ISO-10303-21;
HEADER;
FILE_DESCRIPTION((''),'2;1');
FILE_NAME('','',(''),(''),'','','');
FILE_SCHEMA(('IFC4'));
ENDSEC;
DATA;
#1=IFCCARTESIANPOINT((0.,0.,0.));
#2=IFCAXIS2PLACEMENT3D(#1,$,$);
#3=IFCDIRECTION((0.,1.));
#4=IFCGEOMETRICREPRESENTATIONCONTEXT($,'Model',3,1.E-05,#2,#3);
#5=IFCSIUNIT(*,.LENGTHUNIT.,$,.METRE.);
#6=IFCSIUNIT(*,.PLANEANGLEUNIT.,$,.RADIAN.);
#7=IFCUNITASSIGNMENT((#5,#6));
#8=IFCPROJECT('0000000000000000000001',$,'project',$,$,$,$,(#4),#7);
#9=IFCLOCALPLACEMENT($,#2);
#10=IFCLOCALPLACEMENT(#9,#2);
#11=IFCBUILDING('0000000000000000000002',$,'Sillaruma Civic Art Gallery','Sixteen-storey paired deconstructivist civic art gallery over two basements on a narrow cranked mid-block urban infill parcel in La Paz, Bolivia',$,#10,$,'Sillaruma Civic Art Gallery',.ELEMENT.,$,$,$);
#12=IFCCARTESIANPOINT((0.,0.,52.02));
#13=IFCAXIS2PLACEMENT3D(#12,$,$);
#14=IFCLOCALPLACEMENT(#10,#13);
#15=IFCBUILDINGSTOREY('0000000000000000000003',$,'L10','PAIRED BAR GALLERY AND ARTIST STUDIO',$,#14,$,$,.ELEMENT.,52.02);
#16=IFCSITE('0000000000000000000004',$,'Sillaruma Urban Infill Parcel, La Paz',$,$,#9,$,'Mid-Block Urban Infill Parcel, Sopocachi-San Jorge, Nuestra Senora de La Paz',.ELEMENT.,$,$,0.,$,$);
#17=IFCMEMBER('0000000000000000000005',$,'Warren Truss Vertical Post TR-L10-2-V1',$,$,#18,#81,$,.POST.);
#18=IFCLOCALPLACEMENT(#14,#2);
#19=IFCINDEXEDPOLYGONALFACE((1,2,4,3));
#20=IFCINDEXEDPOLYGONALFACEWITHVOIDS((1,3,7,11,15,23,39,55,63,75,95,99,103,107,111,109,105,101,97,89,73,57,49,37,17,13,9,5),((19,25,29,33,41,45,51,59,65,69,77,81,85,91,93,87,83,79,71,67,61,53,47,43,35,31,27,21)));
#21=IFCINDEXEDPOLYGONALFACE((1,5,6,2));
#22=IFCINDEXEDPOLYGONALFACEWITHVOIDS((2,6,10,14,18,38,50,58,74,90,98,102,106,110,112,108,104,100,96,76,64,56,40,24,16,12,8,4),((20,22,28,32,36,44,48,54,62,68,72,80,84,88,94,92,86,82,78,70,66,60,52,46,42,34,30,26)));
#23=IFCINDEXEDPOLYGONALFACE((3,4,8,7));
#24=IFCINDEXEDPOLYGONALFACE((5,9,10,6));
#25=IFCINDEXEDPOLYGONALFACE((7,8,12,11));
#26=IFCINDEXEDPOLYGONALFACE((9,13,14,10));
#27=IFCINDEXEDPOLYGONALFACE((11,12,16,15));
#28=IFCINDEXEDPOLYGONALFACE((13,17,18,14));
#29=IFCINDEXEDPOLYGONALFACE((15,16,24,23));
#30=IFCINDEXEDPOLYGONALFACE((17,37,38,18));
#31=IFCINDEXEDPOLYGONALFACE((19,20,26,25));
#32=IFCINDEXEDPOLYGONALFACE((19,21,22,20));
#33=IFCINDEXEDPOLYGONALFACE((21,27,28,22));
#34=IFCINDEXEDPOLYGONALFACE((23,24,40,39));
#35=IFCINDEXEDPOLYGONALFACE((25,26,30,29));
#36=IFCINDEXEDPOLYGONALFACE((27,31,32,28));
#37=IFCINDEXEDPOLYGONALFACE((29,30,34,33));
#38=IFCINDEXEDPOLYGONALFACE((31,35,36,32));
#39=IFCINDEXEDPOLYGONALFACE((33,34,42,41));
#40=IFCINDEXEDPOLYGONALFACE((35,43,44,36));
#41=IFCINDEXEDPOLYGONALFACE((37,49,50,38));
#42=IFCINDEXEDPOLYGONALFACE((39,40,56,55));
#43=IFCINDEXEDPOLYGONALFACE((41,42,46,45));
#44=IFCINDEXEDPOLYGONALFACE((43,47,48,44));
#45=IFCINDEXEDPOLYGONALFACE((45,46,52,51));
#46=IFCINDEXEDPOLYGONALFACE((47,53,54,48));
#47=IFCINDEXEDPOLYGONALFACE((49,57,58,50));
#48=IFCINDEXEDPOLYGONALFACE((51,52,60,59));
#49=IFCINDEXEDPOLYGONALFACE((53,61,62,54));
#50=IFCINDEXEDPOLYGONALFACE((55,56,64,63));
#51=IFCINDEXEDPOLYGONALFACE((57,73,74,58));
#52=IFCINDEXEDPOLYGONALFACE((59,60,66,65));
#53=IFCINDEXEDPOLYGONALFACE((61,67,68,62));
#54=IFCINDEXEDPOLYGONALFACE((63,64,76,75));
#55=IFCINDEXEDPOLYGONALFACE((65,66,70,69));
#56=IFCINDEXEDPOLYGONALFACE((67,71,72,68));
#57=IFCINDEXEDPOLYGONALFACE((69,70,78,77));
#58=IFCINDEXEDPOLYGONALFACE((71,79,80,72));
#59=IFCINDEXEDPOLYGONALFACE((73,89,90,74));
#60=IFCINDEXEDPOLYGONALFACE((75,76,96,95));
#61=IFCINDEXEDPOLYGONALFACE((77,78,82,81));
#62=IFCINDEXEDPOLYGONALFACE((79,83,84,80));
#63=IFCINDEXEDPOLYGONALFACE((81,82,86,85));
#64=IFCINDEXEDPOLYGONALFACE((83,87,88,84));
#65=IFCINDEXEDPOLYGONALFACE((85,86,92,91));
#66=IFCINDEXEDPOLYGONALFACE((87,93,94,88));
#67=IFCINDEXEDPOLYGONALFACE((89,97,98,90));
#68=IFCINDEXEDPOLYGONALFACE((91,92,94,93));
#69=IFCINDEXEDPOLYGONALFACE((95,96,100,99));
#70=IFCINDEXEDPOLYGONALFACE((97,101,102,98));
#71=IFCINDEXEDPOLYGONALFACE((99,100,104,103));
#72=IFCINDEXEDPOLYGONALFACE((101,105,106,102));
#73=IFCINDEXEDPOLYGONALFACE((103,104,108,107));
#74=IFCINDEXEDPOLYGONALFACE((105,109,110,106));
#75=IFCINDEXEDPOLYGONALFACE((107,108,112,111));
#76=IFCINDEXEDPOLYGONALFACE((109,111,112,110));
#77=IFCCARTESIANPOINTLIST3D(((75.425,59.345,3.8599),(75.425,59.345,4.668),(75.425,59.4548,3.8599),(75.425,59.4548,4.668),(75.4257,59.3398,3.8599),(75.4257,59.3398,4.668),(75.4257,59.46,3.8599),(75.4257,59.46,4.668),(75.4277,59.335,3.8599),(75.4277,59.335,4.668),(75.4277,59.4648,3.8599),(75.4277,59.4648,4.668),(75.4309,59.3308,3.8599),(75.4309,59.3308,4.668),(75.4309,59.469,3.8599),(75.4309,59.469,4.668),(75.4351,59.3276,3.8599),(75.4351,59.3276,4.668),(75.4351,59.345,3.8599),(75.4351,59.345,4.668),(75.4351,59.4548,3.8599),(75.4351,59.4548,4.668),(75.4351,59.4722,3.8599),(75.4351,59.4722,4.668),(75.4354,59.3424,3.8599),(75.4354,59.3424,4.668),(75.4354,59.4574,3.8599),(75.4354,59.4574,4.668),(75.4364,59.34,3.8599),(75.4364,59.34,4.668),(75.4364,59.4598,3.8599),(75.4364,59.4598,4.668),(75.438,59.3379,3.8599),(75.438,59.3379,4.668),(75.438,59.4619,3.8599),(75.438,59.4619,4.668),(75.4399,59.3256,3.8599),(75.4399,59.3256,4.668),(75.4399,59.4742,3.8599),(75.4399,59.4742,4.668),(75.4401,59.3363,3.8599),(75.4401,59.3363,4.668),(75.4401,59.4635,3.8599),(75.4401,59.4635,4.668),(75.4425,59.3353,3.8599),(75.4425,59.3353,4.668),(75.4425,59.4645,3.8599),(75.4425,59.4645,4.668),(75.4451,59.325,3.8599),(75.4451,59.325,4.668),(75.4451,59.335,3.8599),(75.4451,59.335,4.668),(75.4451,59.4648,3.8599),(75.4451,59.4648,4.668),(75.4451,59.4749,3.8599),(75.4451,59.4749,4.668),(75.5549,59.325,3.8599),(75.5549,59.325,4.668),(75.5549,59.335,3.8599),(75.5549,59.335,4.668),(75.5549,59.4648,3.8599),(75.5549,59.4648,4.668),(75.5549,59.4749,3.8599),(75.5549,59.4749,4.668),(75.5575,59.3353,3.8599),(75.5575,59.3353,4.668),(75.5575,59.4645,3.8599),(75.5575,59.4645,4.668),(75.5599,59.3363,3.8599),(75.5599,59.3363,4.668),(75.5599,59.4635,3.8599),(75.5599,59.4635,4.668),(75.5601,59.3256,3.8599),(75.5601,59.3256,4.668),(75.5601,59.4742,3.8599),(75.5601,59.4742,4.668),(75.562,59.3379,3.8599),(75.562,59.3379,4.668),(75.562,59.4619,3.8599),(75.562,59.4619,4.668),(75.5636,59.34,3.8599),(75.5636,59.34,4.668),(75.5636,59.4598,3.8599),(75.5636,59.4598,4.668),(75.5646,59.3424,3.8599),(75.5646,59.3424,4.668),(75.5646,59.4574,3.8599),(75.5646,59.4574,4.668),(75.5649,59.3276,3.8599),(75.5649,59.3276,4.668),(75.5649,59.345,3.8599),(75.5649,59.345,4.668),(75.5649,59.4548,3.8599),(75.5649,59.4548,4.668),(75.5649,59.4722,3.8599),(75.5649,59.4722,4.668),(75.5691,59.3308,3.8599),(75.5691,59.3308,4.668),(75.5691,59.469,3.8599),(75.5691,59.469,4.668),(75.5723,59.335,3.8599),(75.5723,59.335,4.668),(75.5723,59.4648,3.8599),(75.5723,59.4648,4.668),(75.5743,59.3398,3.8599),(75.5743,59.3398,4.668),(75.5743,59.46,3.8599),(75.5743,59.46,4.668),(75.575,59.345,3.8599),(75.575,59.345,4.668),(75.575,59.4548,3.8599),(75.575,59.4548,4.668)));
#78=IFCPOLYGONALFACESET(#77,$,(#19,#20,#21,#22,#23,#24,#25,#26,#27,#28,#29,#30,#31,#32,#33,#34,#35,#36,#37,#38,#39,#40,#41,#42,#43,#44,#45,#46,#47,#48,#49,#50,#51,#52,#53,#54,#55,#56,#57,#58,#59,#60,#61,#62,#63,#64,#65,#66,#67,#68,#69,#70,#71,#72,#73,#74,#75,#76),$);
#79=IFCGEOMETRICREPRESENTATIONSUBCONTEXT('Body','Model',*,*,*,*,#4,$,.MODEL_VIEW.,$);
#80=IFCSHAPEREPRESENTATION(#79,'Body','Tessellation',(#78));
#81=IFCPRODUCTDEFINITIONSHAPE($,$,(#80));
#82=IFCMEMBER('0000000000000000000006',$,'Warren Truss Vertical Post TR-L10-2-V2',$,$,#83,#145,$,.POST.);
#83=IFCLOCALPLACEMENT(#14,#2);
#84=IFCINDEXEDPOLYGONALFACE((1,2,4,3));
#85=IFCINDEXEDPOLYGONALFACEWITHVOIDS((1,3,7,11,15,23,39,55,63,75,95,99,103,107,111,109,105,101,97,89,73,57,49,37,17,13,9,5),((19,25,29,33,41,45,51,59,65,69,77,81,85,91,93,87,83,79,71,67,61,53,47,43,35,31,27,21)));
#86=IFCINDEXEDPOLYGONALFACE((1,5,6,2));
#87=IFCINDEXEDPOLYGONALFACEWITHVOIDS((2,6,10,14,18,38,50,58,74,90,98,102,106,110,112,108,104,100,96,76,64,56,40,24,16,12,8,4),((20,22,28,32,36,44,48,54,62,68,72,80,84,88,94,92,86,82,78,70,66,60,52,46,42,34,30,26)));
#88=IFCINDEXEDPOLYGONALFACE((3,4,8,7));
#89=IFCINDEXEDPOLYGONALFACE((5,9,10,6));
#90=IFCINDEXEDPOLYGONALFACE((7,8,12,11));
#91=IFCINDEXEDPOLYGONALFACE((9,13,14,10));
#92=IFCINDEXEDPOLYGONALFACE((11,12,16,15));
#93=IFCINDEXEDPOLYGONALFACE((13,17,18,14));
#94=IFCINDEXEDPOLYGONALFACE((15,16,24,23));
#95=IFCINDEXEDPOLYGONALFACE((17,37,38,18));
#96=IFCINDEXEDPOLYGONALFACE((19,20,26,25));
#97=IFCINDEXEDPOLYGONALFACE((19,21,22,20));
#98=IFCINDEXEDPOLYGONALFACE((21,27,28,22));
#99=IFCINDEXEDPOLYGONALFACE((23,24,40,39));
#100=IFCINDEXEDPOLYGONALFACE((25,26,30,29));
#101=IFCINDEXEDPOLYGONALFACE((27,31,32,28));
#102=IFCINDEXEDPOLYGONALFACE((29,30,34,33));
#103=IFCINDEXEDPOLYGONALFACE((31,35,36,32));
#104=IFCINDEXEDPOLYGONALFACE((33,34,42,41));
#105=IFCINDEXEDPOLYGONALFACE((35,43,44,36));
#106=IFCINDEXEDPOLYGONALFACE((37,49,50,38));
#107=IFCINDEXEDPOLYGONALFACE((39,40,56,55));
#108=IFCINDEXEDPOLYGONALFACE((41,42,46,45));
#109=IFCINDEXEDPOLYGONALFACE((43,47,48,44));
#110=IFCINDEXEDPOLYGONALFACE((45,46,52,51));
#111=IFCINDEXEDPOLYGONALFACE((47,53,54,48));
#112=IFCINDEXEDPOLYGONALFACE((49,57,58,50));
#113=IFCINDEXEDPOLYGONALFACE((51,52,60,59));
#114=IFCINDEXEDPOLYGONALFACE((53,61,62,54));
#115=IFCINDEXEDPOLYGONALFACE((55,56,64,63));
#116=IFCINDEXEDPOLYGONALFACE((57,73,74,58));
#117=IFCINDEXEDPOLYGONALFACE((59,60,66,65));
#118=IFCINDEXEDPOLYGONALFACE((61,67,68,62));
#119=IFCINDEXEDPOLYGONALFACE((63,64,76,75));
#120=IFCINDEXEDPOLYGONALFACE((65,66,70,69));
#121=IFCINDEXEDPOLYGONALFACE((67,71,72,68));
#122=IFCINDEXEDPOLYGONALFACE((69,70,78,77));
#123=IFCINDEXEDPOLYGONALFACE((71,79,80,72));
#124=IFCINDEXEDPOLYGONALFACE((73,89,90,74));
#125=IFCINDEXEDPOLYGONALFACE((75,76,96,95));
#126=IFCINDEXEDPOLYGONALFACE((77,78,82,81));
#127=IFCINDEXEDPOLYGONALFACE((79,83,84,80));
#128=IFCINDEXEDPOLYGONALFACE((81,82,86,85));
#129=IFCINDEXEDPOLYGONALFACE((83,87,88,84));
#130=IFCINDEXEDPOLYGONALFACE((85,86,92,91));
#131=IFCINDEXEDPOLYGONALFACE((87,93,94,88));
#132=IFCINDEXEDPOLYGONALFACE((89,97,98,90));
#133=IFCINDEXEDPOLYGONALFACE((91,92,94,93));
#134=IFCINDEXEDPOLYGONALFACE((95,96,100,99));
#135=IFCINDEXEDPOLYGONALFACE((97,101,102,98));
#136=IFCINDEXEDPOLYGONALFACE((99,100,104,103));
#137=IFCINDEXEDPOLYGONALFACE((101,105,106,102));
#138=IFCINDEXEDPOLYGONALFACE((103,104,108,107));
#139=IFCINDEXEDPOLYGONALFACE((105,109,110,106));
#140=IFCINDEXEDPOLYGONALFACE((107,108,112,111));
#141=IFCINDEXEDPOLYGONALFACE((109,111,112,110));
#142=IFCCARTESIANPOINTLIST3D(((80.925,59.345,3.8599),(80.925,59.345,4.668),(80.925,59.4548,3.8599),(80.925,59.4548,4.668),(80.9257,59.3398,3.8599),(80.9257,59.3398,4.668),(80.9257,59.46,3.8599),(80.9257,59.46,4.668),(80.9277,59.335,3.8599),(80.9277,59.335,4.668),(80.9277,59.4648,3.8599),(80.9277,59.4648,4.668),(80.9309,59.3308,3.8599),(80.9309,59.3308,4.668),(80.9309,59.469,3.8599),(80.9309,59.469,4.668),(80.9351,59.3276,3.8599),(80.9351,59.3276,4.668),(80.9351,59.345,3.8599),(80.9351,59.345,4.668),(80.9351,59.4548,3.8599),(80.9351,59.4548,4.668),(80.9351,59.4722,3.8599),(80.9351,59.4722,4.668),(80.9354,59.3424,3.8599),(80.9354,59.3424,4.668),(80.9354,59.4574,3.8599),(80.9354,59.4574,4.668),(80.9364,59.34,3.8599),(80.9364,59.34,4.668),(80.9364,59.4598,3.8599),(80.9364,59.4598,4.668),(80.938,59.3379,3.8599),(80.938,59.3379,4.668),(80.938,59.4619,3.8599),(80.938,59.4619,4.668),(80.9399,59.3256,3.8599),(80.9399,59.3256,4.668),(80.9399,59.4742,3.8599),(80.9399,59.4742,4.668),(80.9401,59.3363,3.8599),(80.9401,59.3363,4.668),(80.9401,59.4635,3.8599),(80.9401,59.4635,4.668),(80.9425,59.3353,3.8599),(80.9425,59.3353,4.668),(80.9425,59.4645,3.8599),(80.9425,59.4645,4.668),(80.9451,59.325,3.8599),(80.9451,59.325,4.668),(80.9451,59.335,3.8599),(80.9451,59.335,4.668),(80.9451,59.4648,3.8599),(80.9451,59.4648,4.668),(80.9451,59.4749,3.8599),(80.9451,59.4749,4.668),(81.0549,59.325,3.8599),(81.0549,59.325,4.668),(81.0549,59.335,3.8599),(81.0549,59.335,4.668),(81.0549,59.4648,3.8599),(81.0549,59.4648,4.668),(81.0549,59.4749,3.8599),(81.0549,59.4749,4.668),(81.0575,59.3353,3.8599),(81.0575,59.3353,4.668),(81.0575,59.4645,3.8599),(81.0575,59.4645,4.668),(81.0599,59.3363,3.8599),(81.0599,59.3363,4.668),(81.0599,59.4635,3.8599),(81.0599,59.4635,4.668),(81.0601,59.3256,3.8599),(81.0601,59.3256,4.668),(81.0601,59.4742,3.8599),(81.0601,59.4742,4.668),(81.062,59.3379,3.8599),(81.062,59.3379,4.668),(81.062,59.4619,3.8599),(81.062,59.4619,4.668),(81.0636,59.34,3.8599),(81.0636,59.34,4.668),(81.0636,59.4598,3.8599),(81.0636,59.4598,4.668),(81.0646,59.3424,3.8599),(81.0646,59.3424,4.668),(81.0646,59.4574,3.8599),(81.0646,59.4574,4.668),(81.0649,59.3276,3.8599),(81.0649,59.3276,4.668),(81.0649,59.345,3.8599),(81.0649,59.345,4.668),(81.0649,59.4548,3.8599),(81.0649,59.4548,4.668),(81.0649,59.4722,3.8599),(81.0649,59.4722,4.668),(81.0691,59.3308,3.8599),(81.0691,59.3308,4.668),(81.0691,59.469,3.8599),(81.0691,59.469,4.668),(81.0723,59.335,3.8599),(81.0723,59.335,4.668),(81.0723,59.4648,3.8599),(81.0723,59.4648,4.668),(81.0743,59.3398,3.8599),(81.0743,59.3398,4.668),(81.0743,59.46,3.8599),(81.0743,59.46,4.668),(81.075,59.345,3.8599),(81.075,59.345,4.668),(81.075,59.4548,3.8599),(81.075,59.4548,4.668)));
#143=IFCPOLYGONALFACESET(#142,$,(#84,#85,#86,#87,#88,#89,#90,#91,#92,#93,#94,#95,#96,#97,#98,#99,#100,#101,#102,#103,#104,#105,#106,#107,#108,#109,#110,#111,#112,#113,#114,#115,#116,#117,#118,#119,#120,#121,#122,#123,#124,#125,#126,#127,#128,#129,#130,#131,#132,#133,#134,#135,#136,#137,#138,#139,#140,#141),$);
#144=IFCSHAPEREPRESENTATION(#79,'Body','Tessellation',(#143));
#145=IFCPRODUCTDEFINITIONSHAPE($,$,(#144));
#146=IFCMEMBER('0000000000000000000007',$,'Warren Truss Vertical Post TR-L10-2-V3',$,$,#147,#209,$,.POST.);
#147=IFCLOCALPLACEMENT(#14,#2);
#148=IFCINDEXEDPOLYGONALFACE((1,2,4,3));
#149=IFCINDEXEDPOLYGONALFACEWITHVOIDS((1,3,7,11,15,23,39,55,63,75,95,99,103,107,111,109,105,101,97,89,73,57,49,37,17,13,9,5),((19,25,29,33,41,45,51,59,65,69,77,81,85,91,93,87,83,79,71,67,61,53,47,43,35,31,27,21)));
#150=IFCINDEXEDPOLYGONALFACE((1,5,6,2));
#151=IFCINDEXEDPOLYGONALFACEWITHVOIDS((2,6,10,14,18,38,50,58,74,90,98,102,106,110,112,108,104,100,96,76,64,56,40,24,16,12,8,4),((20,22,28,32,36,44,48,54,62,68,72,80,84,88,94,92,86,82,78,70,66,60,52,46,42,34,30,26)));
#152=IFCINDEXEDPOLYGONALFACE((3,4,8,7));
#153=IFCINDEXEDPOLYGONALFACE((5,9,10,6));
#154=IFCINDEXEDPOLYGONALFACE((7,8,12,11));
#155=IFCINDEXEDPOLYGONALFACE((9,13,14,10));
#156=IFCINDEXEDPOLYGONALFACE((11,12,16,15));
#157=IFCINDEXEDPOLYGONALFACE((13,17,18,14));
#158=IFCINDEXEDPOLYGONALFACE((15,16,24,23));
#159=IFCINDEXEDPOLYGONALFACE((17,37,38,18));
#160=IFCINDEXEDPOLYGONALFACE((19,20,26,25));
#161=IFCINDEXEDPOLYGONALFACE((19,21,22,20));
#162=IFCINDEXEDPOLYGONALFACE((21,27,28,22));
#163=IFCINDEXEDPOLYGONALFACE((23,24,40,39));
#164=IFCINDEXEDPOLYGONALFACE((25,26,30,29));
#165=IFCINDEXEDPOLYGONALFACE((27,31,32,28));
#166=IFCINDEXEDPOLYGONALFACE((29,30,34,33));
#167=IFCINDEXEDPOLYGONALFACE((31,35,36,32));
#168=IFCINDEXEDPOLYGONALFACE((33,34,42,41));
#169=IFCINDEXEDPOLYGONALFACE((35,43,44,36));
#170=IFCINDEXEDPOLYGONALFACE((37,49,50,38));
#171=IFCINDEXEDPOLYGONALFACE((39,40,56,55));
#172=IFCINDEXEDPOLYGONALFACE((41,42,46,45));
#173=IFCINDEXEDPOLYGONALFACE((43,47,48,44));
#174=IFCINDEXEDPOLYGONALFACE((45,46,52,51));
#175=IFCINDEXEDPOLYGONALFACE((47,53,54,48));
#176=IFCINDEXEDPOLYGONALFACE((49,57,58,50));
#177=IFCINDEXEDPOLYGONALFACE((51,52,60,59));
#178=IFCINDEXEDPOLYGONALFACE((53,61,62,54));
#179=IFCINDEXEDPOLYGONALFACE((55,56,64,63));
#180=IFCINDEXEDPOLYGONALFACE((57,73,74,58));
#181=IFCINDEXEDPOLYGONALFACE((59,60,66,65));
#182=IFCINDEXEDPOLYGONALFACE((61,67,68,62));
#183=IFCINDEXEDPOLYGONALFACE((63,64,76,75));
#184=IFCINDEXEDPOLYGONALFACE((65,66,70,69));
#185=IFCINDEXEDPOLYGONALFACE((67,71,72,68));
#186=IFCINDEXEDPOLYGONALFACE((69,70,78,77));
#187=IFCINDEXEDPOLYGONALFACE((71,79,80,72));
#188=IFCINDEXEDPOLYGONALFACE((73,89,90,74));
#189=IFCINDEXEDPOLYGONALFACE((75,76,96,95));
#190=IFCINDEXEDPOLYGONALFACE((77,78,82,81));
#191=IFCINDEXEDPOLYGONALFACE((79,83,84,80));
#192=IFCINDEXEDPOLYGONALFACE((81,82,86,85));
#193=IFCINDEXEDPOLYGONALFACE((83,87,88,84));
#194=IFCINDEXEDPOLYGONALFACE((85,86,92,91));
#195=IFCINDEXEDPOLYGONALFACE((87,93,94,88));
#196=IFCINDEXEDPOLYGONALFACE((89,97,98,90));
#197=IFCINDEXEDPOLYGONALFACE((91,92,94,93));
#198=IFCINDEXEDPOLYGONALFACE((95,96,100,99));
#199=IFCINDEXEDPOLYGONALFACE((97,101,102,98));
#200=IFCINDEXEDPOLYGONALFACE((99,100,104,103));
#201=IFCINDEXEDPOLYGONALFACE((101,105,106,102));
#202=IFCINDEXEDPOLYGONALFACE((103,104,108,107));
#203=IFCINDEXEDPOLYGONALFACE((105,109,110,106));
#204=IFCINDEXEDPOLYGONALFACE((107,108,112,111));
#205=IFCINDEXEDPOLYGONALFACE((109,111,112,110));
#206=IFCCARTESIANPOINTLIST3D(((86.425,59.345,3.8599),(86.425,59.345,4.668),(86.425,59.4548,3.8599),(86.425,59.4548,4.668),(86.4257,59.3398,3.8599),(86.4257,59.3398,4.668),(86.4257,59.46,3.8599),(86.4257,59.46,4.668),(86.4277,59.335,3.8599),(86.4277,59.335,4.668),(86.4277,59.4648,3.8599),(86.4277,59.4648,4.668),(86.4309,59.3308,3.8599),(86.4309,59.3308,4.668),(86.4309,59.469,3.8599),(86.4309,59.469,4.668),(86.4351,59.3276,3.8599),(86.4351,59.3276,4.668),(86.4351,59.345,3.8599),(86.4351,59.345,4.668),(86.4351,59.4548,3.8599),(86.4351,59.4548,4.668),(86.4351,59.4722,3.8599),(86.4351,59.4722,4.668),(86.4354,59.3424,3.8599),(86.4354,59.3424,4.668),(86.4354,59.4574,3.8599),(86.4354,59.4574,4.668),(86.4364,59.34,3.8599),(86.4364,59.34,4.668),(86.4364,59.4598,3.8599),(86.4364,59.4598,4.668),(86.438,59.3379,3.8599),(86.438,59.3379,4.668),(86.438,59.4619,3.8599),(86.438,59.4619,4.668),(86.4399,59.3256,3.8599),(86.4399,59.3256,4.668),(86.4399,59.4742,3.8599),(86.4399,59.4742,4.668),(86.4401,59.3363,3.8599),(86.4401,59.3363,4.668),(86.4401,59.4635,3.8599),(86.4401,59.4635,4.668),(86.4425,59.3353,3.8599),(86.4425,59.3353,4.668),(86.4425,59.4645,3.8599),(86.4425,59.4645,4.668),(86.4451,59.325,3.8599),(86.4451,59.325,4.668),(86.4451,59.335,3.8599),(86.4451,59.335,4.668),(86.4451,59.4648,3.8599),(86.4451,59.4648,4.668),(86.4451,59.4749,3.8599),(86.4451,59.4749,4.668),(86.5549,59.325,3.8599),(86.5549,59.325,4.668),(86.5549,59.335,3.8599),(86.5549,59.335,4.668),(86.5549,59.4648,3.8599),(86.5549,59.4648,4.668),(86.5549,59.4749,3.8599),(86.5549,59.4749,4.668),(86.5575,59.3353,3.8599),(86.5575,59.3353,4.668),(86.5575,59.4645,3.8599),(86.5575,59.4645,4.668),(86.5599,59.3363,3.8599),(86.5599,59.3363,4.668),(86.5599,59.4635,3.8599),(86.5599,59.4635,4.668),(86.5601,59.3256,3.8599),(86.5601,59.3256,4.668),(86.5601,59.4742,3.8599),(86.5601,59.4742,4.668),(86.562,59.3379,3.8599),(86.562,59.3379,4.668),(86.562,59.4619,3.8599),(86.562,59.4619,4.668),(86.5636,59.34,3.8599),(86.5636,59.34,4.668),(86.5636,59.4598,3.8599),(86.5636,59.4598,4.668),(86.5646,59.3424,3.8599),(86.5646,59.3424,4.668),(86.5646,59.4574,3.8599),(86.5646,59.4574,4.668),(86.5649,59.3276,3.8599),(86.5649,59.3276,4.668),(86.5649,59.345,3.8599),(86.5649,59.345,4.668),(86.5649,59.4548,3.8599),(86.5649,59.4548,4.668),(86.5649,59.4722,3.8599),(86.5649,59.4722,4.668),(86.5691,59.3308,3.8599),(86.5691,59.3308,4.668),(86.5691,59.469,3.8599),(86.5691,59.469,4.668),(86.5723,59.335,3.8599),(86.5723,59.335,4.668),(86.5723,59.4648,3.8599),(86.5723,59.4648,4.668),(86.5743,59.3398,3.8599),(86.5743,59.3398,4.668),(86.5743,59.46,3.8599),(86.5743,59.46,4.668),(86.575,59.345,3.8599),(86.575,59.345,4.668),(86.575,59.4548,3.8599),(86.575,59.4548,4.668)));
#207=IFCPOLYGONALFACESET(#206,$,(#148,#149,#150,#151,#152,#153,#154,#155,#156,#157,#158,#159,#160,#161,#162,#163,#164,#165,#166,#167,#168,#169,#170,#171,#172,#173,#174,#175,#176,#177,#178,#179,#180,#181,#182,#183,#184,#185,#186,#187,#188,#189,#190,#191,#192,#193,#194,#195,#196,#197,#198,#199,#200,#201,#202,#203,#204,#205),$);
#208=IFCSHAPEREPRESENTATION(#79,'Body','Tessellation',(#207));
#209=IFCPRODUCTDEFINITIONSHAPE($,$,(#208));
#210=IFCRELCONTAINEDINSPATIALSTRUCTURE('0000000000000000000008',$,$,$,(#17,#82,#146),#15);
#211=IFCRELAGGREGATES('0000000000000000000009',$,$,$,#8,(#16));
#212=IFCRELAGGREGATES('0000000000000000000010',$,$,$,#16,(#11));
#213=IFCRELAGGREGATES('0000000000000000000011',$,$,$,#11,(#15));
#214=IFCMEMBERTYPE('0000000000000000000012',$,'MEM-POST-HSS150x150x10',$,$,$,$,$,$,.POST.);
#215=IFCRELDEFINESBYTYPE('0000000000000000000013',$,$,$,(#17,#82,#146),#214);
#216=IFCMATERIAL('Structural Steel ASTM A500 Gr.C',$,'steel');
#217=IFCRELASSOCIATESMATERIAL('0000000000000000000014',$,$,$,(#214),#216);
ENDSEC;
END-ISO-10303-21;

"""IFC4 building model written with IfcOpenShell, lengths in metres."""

from ifc_helpers import new_model, si_unit, direction, frame, origin, origin_2d, place, context, subcontext, project, spatial, hollow_rectangle, extrude, material, material_profile, profile_set, type_object, element, save


model = new_model("IFC4")

# Units and contexts
model_context = context("Model", 3, precision=1e-05, world=origin(), true_north=direction((0.0, 1.0)))
body_context = subcontext(model_context, "Body", "Model", "MODEL_VIEW")
ifc_project = project(units=[si_unit("LENGTHUNIT", "METRE"), si_unit("PLANEANGLEUNIT", "RADIAN")], contexts=[model_context])

# Site, building, storey
site_placement = place(None, origin())
site = spatial("IfcSite", under=ifc_project, at=site_placement, Name="Sillaruma Urban Infill Parcel, La Paz", LongName="Mid-Block Urban Infill Parcel, Sopocachi-San Jorge, Nuestra Senora de La Paz", CompositionType="ELEMENT", RefElevation=0.0)
building_placement = place(site_placement, origin())
building = spatial("IfcBuilding", under=site, at=building_placement, Name="Sillaruma Civic Art Gallery", Description="Sixteen-storey paired deconstructivist civic art gallery over two basements on a narrow cranked mid-block urban infill parcel in La Paz, Bolivia", LongName="Sillaruma Civic Art Gallery", CompositionType="ELEMENT")
storey_placement = place(building_placement, frame((0.0, 0.0, 52.02)))
storey = spatial("IfcBuildingStorey", under=building, at=storey_placement, Name="L10", Description="PAIRED BAR GALLERY AND ARTIST STUDIO", CompositionType="ELEMENT", Elevation=52.02)

# Members
ifc_material_1 = material(Name="Structural Steel ASTM A500 Gr.C", Category="steel")
ifc_material_profile_1 = material_profile(ifc_material_1, hollow_rectangle(XDim=0.1499, YDim=0.1499, WallThickness=0.01, InnerFilletRadius=0.01, OuterFilletRadius=0.02, at=origin_2d()), Name="HSS150x150x10")
ifc_profile_set_1 = profile_set([ifc_material_profile_1], Name="Structural Steel ASTM A500 Gr.C")
member_type_1 = type_object("IfcMemberType", Name="MEM-POST-HSS150x150x10", PredefinedType="POST", material=ifc_profile_set_1)
for number, where, z_axis, x_axis, name in (
    (1, (75.5, 59.3999, 3.8599), (0.0, 0.0, 1.0), (1.0, 0.0, 0.0), "Warren Truss Vertical Post TR-L10-2-V1"),
    (2, (81.0, 59.3999, 3.8599), (0.0, 0.0, 1.0), (1.0, 0.0, 0.0), "Warren Truss Vertical Post TR-L10-2-V2"),
    (3, (86.5, 59.3999, 3.8599), (0.0, 0.0, 1.0), (1.0, 0.0, 0.0), "Warren Truss Vertical Post TR-L10-2-V3"),
):
    element("IfcMember", number, at=place(storey_placement, frame(where, z_axis=z_axis, x_axis=x_axis)), inside=storey, type_object=member_type_1, Name=name, PredefinedType="POST", context=body_context, shape_type="SweptSolid", body=[
        extrude(hollow_rectangle(XDim=0.1499, YDim=0.1499, WallThickness=0.01, InnerFilletRadius=0.01, OuterFilletRadius=0.02, at=origin_2d()), origin(), (0.0, 0.0, 1.0), 0.8081),
    ])

save(model, "model.ifc")
